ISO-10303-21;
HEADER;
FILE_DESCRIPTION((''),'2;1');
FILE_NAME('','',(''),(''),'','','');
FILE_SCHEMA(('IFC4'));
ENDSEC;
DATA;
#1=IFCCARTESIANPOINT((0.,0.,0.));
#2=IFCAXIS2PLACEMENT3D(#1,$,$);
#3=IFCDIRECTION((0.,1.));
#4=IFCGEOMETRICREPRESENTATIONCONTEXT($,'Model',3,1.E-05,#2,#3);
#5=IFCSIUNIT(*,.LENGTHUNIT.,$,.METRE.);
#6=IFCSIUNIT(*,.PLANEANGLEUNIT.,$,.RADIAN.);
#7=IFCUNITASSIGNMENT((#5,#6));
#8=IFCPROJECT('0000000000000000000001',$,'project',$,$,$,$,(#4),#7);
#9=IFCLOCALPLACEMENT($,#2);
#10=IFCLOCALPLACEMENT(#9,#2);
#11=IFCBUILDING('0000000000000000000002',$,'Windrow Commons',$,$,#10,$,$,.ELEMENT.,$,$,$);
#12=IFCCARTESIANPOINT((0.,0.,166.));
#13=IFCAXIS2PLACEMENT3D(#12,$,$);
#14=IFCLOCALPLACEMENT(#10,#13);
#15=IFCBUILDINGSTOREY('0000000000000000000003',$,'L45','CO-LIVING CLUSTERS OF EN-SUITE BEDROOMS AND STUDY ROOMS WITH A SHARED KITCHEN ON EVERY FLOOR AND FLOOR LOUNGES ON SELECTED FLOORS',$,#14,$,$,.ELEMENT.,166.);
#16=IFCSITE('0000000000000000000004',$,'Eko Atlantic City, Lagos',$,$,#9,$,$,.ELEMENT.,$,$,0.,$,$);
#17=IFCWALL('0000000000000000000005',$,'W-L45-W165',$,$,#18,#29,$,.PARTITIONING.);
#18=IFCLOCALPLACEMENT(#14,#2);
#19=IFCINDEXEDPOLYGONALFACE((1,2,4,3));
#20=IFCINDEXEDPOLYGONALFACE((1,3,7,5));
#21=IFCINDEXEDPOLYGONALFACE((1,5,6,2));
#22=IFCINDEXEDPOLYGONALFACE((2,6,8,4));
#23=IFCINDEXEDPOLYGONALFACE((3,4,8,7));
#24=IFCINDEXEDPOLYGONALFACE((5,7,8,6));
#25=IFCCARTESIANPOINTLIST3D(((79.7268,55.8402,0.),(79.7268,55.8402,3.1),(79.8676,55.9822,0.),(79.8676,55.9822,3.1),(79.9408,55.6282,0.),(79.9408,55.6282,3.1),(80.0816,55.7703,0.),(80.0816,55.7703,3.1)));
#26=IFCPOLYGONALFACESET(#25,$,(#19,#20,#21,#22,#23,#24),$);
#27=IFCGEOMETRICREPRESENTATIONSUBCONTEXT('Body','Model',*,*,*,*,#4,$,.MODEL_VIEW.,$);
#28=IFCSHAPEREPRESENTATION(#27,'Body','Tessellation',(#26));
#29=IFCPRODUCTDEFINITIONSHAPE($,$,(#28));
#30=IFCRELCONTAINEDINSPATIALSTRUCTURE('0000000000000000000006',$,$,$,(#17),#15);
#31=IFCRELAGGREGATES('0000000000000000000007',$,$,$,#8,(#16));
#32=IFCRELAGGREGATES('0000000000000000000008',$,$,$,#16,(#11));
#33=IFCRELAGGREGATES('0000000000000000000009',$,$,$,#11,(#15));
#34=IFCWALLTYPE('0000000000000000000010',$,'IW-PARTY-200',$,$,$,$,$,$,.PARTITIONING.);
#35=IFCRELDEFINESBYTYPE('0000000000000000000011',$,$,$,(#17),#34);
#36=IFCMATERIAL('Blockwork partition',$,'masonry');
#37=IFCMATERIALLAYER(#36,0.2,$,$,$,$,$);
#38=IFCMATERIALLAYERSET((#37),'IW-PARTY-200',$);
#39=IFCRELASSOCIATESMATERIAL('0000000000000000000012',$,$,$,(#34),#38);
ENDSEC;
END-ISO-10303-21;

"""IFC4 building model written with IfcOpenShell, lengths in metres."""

from ifc_helpers import new_model, si_unit, direction, frame, frame_2d, origin, place, context, subcontext, project, spatial, rectangle, extrude, material, layer, layer_set, type_object, element, save


model = new_model("IFC4")

# Units and contexts
model_context = context("Model", 3, precision=1e-05, world=origin(), true_north=direction((0.0, 1.0)))
body_context = subcontext(model_context, "Body", "Model", "MODEL_VIEW")
ifc_project = project(units=[si_unit("LENGTHUNIT", "METRE"), si_unit("PLANEANGLEUNIT", "RADIAN")], contexts=[model_context])

# Site, building, storey
site_placement = place(None, origin())
site = spatial("IfcSite", under=ifc_project, at=site_placement, Name="Eko Atlantic City, Lagos", CompositionType="ELEMENT", RefElevation=0.0)
building_placement = place(site_placement, origin())
building = spatial("IfcBuilding", under=site, at=building_placement, Name="Windrow Commons", CompositionType="ELEMENT")
storey_placement = place(building_placement, frame((0.0, 0.0, 166.0)))
storey = spatial("IfcBuildingStorey", under=building, at=storey_placement, Name="L45", Description="CO-LIVING CLUSTERS OF EN-SUITE BEDROOMS AND STUDY ROOMS WITH A SHARED KITCHEN ON EVERY FLOOR AND FLOOR LOUNGES ON SELECTED FLOORS", CompositionType="ELEMENT", Elevation=166.0)

# Wall
ifc_material_1 = material(Name="Blockwork partition", Category="masonry")
ifc_layer_1 = layer(ifc_material_1, 0.2)
ifc_layer_set_1 = layer_set([ifc_layer_1], Name="IW-PARTY-200")
wall_type_1 = type_object("IfcWallType", Name="IW-PARTY-200", PredefinedType="PARTITIONING", material=ifc_layer_set_1)
wall_1_placement = place(storey_placement, frame((79.7972, 55.9112, 0.0), z_axis=(0.0, 0.0, 1.0), x_axis=(0.710419, -0.703779, 0.0)))
element("IfcWall", 1, at=wall_1_placement, inside=storey, type_object=wall_type_1, Name="W-L45-W165", PredefinedType="PARTITIONING", context=body_context, shape_type="SweptSolid", body=[
    extrude(rectangle(XDim=0.3012, YDim=0.2, at=frame_2d((0.1506, 0.0))), origin(), (0.0, 0.0, 1.0), 3.1),
])

save(model, "model.ifc")
